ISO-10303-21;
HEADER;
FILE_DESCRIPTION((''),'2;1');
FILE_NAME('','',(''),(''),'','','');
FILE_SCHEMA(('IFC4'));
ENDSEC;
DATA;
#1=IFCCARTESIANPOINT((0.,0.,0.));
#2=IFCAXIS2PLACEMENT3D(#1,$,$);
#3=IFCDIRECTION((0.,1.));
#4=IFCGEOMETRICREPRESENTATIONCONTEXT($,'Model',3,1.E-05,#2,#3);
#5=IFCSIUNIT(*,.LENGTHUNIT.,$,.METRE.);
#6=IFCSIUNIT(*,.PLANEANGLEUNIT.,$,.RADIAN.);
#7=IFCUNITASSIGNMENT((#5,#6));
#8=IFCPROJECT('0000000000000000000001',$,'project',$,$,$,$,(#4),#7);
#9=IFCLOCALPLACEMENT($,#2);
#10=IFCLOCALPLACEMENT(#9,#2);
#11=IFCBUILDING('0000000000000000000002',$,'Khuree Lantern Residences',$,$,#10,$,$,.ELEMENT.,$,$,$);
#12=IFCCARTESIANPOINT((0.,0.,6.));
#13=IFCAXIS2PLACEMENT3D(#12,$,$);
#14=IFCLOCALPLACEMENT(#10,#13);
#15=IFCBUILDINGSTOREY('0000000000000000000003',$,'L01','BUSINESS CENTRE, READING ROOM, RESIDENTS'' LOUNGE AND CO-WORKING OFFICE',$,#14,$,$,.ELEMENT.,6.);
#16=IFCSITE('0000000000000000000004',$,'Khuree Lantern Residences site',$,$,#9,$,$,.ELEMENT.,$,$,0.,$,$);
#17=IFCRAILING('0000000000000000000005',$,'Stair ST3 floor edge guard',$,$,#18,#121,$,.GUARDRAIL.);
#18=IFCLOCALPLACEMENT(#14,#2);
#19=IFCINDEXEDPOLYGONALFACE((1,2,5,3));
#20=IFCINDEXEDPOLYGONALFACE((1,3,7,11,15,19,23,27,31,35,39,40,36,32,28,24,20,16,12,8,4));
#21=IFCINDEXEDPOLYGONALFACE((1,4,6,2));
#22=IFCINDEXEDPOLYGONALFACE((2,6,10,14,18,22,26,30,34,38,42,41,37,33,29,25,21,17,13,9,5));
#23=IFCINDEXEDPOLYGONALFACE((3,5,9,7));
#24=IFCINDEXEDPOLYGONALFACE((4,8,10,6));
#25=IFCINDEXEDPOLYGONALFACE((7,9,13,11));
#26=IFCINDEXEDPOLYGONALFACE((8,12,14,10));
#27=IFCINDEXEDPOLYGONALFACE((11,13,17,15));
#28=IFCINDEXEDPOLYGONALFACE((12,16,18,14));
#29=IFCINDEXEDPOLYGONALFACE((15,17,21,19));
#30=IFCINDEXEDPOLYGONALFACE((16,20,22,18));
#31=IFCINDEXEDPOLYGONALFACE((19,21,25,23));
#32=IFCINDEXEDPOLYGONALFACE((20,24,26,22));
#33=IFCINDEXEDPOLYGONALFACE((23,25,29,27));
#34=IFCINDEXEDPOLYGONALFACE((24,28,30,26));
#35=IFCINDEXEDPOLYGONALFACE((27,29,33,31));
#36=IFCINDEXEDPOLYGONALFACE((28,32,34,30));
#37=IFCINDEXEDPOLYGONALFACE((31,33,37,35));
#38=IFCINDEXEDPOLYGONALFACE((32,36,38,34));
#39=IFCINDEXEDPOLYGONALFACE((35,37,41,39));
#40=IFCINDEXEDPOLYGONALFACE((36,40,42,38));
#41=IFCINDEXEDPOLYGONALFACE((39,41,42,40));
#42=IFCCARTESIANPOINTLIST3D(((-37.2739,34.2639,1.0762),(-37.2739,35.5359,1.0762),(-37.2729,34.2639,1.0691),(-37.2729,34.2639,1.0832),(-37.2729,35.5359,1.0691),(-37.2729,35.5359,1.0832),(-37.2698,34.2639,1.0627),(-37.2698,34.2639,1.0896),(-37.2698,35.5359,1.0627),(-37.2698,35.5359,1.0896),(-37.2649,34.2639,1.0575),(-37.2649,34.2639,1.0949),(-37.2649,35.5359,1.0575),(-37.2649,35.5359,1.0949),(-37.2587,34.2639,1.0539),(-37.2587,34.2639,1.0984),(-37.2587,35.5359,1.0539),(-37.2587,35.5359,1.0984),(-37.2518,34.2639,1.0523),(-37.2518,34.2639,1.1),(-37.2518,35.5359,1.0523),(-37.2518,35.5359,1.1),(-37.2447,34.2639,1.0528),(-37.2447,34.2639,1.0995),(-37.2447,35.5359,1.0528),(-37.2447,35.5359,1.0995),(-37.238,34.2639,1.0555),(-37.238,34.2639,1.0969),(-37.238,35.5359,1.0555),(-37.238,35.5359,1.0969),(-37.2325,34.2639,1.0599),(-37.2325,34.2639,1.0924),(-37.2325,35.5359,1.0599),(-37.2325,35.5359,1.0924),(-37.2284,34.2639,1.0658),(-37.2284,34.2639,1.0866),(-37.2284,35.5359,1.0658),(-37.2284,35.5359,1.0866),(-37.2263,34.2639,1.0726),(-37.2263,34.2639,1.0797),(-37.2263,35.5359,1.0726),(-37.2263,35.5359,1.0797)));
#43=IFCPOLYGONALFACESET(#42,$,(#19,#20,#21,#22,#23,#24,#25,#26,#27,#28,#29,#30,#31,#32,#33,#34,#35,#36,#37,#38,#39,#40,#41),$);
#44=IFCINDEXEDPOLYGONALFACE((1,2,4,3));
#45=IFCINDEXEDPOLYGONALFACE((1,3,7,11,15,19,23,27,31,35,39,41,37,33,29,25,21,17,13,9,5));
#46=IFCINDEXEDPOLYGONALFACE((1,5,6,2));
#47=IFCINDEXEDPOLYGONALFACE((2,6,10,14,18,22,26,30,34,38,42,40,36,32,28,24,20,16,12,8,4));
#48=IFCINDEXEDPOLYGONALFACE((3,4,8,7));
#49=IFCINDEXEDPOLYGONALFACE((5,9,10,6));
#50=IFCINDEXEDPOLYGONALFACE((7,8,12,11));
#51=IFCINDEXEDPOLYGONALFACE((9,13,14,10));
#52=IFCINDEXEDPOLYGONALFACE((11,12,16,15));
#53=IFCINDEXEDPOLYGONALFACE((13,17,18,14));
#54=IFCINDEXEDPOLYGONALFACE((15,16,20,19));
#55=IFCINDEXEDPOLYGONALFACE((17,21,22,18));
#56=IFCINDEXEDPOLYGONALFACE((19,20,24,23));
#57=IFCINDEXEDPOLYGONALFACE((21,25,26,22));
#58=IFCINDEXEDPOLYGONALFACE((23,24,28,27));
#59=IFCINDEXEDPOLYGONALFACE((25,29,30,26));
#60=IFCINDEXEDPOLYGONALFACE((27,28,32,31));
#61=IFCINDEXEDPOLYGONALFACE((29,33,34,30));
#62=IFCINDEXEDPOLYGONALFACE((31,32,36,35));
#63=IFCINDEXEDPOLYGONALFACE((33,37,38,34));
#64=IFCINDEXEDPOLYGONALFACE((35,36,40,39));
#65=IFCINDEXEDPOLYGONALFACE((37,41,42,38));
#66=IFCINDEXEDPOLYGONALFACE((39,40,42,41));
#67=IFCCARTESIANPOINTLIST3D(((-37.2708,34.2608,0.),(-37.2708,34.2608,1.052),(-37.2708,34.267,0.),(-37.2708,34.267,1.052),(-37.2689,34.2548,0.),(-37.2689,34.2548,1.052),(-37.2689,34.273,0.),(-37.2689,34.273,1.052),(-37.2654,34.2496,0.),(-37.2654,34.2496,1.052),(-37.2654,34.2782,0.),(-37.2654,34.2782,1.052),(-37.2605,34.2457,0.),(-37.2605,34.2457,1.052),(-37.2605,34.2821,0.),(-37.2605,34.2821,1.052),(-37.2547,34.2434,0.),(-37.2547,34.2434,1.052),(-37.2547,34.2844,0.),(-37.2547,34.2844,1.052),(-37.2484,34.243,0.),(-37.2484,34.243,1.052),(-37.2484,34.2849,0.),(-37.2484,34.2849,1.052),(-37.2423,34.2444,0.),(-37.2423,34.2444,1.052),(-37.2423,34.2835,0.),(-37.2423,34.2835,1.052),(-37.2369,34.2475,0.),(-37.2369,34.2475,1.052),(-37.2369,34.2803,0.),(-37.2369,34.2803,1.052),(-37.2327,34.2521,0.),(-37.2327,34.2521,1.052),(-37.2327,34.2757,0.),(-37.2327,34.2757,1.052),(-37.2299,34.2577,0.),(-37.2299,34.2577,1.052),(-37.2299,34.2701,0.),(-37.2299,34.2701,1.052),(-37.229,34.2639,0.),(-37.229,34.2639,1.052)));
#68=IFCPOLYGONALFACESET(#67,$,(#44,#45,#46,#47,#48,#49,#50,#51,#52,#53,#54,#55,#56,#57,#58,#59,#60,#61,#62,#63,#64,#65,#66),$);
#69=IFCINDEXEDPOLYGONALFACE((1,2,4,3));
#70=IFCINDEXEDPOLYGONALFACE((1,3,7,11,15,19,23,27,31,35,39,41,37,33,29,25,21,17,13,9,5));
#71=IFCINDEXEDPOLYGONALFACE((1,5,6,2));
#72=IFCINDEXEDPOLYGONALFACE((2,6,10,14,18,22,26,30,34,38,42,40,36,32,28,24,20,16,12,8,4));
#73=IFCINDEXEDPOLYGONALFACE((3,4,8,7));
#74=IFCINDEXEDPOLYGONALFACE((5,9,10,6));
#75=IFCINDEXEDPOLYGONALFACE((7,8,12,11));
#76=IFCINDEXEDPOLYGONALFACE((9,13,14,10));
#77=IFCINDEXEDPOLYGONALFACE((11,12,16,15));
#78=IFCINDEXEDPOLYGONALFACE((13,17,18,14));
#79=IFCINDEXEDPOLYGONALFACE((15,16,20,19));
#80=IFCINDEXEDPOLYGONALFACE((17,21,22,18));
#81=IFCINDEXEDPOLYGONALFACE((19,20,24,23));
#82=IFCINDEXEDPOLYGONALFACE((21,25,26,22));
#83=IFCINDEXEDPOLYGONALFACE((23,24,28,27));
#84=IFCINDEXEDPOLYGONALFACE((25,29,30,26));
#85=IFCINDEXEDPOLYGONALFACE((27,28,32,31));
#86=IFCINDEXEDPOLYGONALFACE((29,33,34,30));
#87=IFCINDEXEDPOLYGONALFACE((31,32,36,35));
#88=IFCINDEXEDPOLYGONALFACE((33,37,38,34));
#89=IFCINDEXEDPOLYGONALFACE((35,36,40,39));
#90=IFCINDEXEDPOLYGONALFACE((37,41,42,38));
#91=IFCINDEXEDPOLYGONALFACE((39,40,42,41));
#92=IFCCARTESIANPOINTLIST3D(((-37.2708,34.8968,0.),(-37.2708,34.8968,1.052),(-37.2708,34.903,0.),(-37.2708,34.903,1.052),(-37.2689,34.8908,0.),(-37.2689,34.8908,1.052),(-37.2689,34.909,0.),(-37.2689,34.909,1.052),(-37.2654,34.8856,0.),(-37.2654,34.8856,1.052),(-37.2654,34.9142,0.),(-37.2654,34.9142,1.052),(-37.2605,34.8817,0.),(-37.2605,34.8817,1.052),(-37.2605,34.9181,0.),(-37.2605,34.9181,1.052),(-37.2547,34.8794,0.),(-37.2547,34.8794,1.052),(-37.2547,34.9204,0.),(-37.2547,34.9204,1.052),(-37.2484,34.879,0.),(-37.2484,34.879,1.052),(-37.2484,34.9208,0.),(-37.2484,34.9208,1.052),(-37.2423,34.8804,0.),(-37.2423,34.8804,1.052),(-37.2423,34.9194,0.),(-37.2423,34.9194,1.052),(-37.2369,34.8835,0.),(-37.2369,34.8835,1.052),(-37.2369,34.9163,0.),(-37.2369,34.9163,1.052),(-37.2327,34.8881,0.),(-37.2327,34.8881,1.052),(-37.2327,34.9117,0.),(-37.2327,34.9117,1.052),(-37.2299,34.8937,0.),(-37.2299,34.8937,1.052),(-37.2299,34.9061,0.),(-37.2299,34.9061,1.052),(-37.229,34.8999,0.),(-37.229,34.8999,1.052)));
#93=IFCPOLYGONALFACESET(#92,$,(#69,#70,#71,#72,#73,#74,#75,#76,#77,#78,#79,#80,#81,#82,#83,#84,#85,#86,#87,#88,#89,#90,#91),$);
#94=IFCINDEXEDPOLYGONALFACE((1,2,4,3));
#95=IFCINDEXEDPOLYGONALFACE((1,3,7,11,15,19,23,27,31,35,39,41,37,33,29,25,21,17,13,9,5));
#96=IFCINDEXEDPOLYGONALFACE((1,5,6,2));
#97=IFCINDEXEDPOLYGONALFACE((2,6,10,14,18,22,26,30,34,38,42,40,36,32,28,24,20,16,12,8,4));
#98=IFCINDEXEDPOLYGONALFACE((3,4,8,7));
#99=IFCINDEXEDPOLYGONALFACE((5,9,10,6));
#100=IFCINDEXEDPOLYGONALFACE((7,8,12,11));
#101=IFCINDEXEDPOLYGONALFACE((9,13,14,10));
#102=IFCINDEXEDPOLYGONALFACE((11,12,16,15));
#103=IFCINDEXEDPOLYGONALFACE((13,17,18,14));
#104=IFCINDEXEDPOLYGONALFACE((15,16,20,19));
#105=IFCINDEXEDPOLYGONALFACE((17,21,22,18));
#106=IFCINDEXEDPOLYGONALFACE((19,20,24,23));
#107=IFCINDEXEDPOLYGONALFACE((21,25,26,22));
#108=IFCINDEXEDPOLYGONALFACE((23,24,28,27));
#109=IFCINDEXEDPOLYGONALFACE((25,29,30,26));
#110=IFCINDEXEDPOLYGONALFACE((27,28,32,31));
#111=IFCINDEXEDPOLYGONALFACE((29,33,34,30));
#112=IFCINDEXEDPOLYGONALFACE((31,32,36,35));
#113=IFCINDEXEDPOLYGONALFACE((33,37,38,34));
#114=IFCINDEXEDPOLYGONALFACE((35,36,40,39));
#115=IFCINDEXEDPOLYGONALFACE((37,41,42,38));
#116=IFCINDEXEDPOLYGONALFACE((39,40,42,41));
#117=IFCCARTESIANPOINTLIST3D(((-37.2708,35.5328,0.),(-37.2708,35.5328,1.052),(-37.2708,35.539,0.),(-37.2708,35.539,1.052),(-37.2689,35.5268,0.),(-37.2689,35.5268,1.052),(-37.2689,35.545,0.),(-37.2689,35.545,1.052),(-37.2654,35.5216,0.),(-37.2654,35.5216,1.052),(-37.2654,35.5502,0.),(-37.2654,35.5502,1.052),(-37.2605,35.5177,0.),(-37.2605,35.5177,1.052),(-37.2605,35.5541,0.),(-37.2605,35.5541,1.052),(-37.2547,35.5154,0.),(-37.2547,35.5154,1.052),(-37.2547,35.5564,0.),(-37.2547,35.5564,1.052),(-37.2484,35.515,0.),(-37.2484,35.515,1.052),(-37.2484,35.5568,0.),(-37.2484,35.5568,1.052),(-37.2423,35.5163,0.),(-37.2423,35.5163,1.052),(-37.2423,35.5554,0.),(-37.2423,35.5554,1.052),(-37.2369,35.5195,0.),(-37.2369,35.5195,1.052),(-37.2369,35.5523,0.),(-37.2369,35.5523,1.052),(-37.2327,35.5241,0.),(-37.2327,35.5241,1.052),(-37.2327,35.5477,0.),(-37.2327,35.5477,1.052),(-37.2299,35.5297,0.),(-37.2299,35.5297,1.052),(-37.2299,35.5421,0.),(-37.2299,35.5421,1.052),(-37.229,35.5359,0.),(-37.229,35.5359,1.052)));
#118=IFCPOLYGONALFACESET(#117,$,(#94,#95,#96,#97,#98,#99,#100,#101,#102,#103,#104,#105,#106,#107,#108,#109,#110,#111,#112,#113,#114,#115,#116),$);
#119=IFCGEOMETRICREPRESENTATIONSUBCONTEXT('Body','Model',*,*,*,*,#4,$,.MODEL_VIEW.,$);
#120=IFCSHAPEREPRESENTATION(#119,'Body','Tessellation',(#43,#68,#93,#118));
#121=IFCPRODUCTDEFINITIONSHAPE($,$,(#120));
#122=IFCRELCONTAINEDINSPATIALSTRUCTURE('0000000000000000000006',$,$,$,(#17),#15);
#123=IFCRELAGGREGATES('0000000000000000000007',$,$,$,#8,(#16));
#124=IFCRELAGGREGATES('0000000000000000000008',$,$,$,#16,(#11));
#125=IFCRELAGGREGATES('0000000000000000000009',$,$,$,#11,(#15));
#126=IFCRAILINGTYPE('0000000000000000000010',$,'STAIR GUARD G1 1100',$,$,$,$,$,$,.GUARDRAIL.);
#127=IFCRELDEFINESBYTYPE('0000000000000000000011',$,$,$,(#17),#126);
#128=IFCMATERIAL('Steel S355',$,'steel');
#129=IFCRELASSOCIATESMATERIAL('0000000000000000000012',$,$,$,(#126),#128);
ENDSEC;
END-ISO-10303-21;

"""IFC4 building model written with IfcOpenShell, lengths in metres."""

from ifc_helpers import new_model, si_unit, direction, frame, origin, origin_2d, place, context, subcontext, project, spatial, circle, extrude, material, type_object, element, save


model = new_model("IFC4")

# Units and contexts
model_context = context("Model", 3, precision=1e-05, world=origin(), true_north=direction((0.0, 1.0)))
body_context = subcontext(model_context, "Body", "Model", "MODEL_VIEW")
ifc_project = project(units=[si_unit("LENGTHUNIT", "METRE"), si_unit("PLANEANGLEUNIT", "RADIAN")], contexts=[model_context])

# Site, building, storey
site_placement = place(None, origin())
site = spatial("IfcSite", under=ifc_project, at=site_placement, Name="Khuree Lantern Residences site", CompositionType="ELEMENT", RefElevation=0.0)
building_placement = place(site_placement, origin())
building = spatial("IfcBuilding", under=site, at=building_placement, Name="Khuree Lantern Residences", CompositionType="ELEMENT")
storey_placement = place(building_placement, frame((0.0, 0.0, 6.0)))
storey = spatial("IfcBuildingStorey", under=building, at=storey_placement, Name="L01", Description="BUSINESS CENTRE, READING ROOM, RESIDENTS' LOUNGE AND CO-WORKING OFFICE", CompositionType="ELEMENT", Elevation=6.0)

# Railing
ifc_material_1 = material(Name="Steel S355", Category="steel")
railing_type_1 = type_object("IfcRailingType", Name="STAIR GUARD G1 1100", PredefinedType="GUARDRAIL", material=ifc_material_1)
railing_1_placement = place(storey_placement, frame((-37.25, 34.2639, 0.0)))
element("IfcRailing", 1, at=railing_1_placement, inside=storey, type_object=railing_type_1, Name="Stair ST3 floor edge guard", PredefinedType="GUARDRAIL", context=body_context, shape_type="SweptSolid", body=[
    extrude(circle(Radius=0.0239, at=origin_2d()), frame((0.0, 0.0, 1.0762), z_axis=(0.0, 1.0, 0.0), x_axis=(-1.0, 0.0, 0.0)), (0.0, 0.0, 1.0), 1.272),
    extrude(circle(Radius=0.021, at=origin_2d()), origin(), (0.0, 0.0, 1.0), 1.052),
    extrude(circle(Radius=0.021, at=origin_2d()), frame((0.0, 0.636, 0.0)), (0.0, 0.0, 1.0), 1.052),
    extrude(circle(Radius=0.021, at=origin_2d()), frame((0.0, 1.272, 0.0)), (0.0, 0.0, 1.0), 1.052),
])

save(model, "model.ifc")
